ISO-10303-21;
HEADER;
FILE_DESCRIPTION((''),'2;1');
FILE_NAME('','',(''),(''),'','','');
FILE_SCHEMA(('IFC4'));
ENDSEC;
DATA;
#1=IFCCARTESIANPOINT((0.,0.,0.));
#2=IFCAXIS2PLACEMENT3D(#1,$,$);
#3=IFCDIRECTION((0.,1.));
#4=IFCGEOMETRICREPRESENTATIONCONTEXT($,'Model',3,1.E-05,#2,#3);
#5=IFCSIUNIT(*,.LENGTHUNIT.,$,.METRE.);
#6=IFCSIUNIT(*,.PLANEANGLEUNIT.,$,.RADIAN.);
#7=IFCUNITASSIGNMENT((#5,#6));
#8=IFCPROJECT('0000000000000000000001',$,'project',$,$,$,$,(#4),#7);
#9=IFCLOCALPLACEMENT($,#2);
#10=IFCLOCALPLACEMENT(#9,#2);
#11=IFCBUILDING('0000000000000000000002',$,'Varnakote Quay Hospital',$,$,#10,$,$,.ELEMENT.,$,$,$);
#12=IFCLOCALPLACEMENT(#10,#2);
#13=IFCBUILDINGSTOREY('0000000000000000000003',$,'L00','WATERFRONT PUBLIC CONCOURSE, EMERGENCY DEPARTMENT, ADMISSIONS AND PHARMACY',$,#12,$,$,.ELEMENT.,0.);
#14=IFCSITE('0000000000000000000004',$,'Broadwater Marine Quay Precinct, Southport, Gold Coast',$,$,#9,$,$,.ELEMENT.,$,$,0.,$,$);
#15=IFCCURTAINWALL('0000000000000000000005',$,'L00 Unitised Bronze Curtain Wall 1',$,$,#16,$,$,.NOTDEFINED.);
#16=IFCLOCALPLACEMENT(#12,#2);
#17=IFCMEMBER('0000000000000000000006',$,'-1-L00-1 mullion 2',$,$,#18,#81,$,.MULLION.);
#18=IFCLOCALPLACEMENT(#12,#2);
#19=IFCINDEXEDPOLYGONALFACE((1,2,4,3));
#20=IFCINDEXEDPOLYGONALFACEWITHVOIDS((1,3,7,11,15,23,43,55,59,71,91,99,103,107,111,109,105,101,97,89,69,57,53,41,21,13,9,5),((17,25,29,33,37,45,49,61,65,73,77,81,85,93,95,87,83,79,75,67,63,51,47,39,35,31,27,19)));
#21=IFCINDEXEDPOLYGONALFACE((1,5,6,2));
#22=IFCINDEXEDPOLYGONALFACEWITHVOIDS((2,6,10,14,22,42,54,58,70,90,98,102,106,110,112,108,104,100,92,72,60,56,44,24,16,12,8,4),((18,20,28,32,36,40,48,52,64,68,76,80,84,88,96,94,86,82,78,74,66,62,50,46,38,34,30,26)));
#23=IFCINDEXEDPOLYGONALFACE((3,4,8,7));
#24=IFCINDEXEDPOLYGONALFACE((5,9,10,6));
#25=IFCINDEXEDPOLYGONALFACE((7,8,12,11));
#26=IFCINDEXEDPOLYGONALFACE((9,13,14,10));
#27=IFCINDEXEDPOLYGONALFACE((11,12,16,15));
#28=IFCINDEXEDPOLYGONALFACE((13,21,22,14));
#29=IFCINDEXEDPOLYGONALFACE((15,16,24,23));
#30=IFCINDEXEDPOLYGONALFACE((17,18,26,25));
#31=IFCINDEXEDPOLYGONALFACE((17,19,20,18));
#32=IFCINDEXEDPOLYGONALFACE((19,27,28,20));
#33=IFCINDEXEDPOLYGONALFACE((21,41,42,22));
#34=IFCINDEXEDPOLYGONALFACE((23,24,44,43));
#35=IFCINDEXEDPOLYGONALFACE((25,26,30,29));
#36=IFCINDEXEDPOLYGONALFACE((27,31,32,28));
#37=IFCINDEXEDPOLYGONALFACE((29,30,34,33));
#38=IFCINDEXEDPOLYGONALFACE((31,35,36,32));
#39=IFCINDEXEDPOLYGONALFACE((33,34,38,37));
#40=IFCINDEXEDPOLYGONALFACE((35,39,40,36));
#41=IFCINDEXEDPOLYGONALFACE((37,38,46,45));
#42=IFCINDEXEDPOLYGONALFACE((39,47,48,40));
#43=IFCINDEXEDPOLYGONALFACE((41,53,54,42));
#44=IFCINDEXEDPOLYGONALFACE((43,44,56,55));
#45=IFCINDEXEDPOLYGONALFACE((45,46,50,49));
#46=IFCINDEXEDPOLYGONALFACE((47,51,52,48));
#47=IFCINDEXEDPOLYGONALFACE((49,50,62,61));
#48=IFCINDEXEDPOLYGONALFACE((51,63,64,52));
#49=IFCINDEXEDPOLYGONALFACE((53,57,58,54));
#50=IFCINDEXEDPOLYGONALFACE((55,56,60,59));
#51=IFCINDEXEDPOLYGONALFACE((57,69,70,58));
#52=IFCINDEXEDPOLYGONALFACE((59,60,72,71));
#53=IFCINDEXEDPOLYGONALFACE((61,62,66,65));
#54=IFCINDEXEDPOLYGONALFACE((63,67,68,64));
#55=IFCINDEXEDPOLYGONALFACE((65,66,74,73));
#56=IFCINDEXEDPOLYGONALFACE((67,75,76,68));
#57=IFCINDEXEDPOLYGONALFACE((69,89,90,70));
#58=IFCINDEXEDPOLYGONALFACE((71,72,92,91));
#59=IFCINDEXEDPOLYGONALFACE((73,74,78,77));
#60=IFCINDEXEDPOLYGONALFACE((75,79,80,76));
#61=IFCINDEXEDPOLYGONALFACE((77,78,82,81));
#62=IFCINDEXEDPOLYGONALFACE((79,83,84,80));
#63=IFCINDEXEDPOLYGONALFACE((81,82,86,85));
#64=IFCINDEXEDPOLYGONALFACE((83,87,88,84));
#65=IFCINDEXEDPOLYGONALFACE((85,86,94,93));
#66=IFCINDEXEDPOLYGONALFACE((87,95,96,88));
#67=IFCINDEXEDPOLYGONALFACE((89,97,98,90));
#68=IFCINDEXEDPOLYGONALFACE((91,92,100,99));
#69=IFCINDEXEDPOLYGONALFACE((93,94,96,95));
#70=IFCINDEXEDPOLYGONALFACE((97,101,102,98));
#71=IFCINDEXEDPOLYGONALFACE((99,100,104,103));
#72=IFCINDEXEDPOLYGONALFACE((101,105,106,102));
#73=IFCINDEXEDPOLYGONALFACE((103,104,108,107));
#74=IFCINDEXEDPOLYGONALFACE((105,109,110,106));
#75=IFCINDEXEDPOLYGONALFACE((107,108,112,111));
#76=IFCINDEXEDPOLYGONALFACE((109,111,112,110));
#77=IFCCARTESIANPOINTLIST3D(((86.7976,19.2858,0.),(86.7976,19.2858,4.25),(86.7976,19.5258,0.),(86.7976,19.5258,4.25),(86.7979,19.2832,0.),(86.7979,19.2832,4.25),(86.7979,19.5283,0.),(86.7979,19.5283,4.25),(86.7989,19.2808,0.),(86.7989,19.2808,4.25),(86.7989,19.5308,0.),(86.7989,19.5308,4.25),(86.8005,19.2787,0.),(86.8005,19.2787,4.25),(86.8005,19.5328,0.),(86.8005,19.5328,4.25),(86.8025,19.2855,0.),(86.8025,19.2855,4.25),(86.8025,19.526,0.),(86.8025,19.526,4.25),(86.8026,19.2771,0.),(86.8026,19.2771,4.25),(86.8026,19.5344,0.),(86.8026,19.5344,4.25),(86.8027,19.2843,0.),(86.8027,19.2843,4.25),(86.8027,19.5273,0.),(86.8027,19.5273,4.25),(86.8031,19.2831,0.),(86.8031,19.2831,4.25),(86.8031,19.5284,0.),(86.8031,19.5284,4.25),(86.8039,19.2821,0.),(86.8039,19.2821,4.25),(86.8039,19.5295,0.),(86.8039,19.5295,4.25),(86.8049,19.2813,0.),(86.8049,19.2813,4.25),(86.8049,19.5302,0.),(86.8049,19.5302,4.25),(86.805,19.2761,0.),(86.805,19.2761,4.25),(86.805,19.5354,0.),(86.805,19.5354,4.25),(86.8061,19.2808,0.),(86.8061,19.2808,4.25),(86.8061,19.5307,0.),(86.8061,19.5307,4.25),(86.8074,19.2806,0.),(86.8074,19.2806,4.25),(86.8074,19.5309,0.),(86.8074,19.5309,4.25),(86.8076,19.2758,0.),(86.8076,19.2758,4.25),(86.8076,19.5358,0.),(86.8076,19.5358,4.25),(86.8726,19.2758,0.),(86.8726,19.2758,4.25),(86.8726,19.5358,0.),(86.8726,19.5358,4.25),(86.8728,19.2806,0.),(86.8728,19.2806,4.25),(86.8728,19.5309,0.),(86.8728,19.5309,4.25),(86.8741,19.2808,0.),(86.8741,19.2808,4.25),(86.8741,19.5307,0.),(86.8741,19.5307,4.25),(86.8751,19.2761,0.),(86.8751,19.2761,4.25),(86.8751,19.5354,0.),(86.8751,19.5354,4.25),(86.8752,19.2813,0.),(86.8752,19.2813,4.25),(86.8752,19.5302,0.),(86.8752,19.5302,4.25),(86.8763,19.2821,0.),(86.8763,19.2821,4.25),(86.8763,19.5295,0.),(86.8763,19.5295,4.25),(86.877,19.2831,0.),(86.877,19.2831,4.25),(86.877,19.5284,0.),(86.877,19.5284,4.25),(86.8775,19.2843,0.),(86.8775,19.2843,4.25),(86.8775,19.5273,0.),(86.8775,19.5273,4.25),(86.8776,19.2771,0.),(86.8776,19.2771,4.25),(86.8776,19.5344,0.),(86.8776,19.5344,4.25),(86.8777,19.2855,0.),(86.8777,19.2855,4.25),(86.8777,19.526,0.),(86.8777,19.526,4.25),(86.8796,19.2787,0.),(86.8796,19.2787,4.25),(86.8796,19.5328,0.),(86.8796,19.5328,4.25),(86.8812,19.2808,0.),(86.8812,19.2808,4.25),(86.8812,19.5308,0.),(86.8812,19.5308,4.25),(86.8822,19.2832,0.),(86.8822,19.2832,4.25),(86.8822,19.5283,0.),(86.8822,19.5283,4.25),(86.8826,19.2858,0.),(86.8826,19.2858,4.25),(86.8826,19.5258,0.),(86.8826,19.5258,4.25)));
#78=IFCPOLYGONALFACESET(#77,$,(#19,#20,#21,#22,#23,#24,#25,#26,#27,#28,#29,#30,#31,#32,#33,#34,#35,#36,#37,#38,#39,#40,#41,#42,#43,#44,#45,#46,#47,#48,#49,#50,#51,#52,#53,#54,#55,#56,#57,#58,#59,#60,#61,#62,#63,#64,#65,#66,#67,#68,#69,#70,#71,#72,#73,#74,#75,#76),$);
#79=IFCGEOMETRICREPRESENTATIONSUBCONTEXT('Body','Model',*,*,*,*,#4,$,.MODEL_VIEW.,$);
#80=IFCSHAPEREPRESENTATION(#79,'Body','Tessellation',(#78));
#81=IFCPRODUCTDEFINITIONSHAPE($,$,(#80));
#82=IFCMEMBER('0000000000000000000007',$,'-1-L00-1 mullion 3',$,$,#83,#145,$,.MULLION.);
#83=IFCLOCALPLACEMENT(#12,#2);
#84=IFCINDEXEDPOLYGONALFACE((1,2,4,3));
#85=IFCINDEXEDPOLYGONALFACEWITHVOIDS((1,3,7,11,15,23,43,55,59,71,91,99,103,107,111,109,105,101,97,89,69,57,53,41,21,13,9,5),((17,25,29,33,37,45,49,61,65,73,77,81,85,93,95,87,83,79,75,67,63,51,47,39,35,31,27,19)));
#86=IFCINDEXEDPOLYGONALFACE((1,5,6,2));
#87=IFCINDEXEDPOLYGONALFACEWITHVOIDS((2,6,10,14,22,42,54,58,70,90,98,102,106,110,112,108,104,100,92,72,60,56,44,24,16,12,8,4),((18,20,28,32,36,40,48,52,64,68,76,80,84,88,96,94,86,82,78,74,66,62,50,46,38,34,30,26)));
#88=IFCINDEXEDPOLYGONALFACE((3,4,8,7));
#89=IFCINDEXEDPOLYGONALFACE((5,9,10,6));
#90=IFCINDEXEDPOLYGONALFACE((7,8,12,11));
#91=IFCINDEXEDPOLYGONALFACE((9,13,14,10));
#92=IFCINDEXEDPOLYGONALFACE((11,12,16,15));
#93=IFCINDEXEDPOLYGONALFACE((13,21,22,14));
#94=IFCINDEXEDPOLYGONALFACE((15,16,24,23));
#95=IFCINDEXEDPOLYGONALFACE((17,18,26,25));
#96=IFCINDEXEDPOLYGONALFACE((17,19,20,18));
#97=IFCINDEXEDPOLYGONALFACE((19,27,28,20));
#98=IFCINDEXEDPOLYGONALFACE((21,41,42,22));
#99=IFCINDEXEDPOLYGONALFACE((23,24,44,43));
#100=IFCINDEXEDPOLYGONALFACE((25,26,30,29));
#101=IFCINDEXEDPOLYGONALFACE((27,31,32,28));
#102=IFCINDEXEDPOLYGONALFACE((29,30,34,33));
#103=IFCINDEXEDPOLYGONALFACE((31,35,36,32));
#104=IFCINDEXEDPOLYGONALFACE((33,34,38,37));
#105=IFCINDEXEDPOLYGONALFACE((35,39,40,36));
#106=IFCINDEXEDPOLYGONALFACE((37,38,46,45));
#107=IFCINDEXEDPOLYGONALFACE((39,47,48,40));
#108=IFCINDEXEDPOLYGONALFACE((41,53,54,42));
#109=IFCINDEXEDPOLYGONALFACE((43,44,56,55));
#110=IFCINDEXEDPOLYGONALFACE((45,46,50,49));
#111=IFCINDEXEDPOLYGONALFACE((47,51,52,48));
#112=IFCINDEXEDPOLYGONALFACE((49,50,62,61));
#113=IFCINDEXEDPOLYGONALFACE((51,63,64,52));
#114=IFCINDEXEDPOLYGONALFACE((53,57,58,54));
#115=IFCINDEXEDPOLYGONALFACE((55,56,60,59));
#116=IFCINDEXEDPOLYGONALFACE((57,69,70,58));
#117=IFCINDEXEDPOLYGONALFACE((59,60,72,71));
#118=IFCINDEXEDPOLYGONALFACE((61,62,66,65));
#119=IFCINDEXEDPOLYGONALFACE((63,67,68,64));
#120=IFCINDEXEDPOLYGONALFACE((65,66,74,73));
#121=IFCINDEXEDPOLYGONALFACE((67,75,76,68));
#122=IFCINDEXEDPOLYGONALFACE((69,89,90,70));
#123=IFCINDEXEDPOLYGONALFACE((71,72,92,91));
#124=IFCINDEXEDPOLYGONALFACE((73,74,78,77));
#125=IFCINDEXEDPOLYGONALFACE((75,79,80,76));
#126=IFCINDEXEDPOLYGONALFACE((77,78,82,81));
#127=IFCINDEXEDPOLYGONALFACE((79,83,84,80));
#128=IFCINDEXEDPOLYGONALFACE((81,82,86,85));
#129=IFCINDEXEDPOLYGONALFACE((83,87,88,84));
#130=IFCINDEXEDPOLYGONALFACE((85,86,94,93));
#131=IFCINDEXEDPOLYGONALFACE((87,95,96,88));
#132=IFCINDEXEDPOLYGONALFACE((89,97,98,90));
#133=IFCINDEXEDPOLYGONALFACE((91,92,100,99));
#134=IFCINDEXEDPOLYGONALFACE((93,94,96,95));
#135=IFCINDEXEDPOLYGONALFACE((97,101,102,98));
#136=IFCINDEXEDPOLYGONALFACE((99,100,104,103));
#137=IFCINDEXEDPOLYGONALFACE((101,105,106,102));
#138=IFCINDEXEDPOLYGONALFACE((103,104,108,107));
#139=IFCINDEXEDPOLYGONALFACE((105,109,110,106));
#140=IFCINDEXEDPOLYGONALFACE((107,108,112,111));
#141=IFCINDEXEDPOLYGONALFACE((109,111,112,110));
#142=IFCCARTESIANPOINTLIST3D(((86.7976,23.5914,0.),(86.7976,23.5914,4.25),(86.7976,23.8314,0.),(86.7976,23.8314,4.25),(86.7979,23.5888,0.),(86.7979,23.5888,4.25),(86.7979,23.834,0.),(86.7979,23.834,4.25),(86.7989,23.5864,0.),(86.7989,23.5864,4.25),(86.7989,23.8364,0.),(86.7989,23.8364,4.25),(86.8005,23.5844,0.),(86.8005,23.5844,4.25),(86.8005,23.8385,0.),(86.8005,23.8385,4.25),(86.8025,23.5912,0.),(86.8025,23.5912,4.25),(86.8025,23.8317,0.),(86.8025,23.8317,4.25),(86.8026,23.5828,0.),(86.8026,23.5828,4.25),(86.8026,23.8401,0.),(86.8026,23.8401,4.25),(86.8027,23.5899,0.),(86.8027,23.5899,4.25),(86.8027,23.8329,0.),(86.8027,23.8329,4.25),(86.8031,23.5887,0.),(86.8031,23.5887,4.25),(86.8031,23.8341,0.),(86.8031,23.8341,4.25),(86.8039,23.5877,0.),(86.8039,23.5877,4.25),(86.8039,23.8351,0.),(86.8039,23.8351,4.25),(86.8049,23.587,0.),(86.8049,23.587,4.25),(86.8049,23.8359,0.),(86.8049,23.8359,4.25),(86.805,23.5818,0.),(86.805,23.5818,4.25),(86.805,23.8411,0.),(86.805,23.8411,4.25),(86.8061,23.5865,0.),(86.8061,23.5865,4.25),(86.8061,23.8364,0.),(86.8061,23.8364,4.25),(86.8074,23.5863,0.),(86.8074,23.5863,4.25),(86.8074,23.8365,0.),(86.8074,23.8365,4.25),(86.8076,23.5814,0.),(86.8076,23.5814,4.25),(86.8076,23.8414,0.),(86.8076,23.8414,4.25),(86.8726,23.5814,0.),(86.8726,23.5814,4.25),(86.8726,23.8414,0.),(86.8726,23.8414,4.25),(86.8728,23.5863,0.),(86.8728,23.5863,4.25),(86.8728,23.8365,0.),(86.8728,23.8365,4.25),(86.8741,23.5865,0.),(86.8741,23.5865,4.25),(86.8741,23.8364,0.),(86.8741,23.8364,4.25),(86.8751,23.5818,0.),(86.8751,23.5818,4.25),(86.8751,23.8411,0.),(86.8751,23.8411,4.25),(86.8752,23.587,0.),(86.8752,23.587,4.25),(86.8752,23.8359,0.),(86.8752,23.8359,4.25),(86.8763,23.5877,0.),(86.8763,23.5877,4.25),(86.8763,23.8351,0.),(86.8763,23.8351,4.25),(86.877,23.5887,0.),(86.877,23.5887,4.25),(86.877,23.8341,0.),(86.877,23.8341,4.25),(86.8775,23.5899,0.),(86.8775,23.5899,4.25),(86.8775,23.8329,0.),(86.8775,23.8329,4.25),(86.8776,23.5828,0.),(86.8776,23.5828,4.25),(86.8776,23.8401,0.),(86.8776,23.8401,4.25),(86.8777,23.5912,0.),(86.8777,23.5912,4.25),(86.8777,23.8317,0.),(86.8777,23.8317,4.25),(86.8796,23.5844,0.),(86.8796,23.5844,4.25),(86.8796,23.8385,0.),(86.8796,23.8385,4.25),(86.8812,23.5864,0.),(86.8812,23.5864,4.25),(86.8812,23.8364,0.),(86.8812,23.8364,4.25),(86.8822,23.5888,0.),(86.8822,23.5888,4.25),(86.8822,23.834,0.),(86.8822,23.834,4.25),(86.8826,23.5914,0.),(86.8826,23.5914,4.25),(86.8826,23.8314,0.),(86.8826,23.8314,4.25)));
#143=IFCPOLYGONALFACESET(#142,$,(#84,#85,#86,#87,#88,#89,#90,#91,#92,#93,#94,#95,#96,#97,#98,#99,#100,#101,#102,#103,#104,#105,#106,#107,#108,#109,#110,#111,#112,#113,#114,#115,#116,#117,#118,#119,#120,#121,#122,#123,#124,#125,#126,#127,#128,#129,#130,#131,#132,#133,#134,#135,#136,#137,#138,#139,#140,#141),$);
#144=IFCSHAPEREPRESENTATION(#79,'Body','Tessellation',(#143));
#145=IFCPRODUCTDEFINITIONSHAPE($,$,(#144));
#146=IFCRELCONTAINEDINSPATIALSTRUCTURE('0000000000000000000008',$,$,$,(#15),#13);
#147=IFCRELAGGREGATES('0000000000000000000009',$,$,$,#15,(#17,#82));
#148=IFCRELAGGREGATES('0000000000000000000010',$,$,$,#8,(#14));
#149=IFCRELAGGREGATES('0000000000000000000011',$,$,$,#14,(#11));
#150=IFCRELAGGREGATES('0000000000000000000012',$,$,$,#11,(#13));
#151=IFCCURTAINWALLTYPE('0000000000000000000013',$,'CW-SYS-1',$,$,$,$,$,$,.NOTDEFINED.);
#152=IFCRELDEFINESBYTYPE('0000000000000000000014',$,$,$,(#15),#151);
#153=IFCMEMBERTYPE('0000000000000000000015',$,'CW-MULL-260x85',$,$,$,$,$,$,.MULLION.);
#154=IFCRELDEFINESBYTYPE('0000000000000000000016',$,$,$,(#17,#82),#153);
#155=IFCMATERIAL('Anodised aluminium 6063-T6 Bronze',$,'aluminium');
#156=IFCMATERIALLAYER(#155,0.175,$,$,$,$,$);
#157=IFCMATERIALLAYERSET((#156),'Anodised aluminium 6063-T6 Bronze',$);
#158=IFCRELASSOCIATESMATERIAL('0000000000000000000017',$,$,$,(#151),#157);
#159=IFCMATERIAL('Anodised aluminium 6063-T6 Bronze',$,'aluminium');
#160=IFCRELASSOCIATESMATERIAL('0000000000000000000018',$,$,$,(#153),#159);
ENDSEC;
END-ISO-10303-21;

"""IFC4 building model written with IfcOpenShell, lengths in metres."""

from ifc_helpers import new_model, si_unit, direction, frame, origin, origin_2d, place, context, subcontext, project, spatial, hollow_rectangle, extrude, material, layer, layer_set, material_profile, profile_set, type_object, element, aggregate, save


model = new_model("IFC4")

# Units and contexts
model_context = context("Model", 3, precision=1e-05, world=origin(), true_north=direction((0.0, 1.0)))
body_context = subcontext(model_context, "Body", "Model", "MODEL_VIEW")
ifc_project = project(units=[si_unit("LENGTHUNIT", "METRE"), si_unit("PLANEANGLEUNIT", "RADIAN")], contexts=[model_context])

# Site, building, storey
site_placement = place(None, origin())
site = spatial("IfcSite", under=ifc_project, at=site_placement, Name="Broadwater Marine Quay Precinct, Southport, Gold Coast", CompositionType="ELEMENT", RefElevation=0.0)
building_placement = place(site_placement, origin())
building = spatial("IfcBuilding", under=site, at=building_placement, Name="Varnakote Quay Hospital", CompositionType="ELEMENT")
storey_placement = place(building_placement, origin())
storey = spatial("IfcBuildingStorey", under=building, at=storey_placement, Name="L00", Description="WATERFRONT PUBLIC CONCOURSE, EMERGENCY DEPARTMENT, ADMISSIONS AND PHARMACY", CompositionType="ELEMENT", Elevation=0.0)

# Curtain wall, members
ifc_material_1 = material(Name="Anodised aluminium 6063-T6 Bronze", Category="aluminium")
ifc_layer_1 = layer(ifc_material_1, 0.175)
ifc_layer_set_1 = layer_set([ifc_layer_1], Name="Anodised aluminium 6063-T6 Bronze")
curtain_wall_type = type_object("IfcCurtainWallType", Name="CW-SYS-1", PredefinedType="NOTDEFINED", material=ifc_layer_set_1)
curtain_wall_placement = place(storey_placement, origin())
curtain_wall = element("IfcCurtainWall", 1, at=curtain_wall_placement, inside=storey, type_object=curtain_wall_type, Name="L00 Unitised Bronze Curtain Wall 1", PredefinedType="NOTDEFINED")
ifc_material_2 = material(Name="Anodised aluminium 6063-T6 Bronze", Category="aluminium")
ifc_material_profile_1 = material_profile(ifc_material_2, hollow_rectangle(XDim=0.085, YDim=0.26, WallThickness=0.0049, InnerFilletRadius=0.0049, OuterFilletRadius=0.01, at=origin_2d()), Name="CW-MULL-260x85")
ifc_profile_set_1 = profile_set([ifc_material_profile_1], Name="Anodised aluminium 6063-T6 Bronze")
member_type_1 = type_object("IfcMemberType", Name="CW-MULL-260x85", PredefinedType="MULLION", material=ifc_profile_set_1)
member_1_placement = place(storey_placement, frame((86.8401, 19.4058, 0.0), z_axis=(0.0, 0.0, 1.0), x_axis=(-1.0, 0.0, 0.0)))
member_1 = element("IfcMember", 2, at=member_1_placement, type_object=member_type_1, Name="-1-L00-1 mullion 2", PredefinedType="MULLION", context=body_context, shape_type="SweptSolid", body=[
    extrude(hollow_rectangle(XDim=0.085, YDim=0.26, WallThickness=0.0049, InnerFilletRadius=0.0049, OuterFilletRadius=0.01, at=origin_2d()), origin(), (0.0, 0.0, 1.0), 4.25),
])
member_2_placement = place(storey_placement, frame((86.8401, 23.7114, 0.0), z_axis=(0.0, 0.0, 1.0), x_axis=(-1.0, 0.0, 0.0)))
member_2 = element("IfcMember", 3, at=member_2_placement, type_object=member_type_1, Name="-1-L00-1 mullion 3", PredefinedType="MULLION", context=body_context, shape_type="SweptSolid", body=[
    extrude(hollow_rectangle(XDim=0.085, YDim=0.26, WallThickness=0.0049, InnerFilletRadius=0.0049, OuterFilletRadius=0.01, at=origin_2d()), origin(), (0.0, 0.0, 1.0), 4.25),
])

aggregate(curtain_wall, [member_1, member_2])

save(model, "model.ifc")
